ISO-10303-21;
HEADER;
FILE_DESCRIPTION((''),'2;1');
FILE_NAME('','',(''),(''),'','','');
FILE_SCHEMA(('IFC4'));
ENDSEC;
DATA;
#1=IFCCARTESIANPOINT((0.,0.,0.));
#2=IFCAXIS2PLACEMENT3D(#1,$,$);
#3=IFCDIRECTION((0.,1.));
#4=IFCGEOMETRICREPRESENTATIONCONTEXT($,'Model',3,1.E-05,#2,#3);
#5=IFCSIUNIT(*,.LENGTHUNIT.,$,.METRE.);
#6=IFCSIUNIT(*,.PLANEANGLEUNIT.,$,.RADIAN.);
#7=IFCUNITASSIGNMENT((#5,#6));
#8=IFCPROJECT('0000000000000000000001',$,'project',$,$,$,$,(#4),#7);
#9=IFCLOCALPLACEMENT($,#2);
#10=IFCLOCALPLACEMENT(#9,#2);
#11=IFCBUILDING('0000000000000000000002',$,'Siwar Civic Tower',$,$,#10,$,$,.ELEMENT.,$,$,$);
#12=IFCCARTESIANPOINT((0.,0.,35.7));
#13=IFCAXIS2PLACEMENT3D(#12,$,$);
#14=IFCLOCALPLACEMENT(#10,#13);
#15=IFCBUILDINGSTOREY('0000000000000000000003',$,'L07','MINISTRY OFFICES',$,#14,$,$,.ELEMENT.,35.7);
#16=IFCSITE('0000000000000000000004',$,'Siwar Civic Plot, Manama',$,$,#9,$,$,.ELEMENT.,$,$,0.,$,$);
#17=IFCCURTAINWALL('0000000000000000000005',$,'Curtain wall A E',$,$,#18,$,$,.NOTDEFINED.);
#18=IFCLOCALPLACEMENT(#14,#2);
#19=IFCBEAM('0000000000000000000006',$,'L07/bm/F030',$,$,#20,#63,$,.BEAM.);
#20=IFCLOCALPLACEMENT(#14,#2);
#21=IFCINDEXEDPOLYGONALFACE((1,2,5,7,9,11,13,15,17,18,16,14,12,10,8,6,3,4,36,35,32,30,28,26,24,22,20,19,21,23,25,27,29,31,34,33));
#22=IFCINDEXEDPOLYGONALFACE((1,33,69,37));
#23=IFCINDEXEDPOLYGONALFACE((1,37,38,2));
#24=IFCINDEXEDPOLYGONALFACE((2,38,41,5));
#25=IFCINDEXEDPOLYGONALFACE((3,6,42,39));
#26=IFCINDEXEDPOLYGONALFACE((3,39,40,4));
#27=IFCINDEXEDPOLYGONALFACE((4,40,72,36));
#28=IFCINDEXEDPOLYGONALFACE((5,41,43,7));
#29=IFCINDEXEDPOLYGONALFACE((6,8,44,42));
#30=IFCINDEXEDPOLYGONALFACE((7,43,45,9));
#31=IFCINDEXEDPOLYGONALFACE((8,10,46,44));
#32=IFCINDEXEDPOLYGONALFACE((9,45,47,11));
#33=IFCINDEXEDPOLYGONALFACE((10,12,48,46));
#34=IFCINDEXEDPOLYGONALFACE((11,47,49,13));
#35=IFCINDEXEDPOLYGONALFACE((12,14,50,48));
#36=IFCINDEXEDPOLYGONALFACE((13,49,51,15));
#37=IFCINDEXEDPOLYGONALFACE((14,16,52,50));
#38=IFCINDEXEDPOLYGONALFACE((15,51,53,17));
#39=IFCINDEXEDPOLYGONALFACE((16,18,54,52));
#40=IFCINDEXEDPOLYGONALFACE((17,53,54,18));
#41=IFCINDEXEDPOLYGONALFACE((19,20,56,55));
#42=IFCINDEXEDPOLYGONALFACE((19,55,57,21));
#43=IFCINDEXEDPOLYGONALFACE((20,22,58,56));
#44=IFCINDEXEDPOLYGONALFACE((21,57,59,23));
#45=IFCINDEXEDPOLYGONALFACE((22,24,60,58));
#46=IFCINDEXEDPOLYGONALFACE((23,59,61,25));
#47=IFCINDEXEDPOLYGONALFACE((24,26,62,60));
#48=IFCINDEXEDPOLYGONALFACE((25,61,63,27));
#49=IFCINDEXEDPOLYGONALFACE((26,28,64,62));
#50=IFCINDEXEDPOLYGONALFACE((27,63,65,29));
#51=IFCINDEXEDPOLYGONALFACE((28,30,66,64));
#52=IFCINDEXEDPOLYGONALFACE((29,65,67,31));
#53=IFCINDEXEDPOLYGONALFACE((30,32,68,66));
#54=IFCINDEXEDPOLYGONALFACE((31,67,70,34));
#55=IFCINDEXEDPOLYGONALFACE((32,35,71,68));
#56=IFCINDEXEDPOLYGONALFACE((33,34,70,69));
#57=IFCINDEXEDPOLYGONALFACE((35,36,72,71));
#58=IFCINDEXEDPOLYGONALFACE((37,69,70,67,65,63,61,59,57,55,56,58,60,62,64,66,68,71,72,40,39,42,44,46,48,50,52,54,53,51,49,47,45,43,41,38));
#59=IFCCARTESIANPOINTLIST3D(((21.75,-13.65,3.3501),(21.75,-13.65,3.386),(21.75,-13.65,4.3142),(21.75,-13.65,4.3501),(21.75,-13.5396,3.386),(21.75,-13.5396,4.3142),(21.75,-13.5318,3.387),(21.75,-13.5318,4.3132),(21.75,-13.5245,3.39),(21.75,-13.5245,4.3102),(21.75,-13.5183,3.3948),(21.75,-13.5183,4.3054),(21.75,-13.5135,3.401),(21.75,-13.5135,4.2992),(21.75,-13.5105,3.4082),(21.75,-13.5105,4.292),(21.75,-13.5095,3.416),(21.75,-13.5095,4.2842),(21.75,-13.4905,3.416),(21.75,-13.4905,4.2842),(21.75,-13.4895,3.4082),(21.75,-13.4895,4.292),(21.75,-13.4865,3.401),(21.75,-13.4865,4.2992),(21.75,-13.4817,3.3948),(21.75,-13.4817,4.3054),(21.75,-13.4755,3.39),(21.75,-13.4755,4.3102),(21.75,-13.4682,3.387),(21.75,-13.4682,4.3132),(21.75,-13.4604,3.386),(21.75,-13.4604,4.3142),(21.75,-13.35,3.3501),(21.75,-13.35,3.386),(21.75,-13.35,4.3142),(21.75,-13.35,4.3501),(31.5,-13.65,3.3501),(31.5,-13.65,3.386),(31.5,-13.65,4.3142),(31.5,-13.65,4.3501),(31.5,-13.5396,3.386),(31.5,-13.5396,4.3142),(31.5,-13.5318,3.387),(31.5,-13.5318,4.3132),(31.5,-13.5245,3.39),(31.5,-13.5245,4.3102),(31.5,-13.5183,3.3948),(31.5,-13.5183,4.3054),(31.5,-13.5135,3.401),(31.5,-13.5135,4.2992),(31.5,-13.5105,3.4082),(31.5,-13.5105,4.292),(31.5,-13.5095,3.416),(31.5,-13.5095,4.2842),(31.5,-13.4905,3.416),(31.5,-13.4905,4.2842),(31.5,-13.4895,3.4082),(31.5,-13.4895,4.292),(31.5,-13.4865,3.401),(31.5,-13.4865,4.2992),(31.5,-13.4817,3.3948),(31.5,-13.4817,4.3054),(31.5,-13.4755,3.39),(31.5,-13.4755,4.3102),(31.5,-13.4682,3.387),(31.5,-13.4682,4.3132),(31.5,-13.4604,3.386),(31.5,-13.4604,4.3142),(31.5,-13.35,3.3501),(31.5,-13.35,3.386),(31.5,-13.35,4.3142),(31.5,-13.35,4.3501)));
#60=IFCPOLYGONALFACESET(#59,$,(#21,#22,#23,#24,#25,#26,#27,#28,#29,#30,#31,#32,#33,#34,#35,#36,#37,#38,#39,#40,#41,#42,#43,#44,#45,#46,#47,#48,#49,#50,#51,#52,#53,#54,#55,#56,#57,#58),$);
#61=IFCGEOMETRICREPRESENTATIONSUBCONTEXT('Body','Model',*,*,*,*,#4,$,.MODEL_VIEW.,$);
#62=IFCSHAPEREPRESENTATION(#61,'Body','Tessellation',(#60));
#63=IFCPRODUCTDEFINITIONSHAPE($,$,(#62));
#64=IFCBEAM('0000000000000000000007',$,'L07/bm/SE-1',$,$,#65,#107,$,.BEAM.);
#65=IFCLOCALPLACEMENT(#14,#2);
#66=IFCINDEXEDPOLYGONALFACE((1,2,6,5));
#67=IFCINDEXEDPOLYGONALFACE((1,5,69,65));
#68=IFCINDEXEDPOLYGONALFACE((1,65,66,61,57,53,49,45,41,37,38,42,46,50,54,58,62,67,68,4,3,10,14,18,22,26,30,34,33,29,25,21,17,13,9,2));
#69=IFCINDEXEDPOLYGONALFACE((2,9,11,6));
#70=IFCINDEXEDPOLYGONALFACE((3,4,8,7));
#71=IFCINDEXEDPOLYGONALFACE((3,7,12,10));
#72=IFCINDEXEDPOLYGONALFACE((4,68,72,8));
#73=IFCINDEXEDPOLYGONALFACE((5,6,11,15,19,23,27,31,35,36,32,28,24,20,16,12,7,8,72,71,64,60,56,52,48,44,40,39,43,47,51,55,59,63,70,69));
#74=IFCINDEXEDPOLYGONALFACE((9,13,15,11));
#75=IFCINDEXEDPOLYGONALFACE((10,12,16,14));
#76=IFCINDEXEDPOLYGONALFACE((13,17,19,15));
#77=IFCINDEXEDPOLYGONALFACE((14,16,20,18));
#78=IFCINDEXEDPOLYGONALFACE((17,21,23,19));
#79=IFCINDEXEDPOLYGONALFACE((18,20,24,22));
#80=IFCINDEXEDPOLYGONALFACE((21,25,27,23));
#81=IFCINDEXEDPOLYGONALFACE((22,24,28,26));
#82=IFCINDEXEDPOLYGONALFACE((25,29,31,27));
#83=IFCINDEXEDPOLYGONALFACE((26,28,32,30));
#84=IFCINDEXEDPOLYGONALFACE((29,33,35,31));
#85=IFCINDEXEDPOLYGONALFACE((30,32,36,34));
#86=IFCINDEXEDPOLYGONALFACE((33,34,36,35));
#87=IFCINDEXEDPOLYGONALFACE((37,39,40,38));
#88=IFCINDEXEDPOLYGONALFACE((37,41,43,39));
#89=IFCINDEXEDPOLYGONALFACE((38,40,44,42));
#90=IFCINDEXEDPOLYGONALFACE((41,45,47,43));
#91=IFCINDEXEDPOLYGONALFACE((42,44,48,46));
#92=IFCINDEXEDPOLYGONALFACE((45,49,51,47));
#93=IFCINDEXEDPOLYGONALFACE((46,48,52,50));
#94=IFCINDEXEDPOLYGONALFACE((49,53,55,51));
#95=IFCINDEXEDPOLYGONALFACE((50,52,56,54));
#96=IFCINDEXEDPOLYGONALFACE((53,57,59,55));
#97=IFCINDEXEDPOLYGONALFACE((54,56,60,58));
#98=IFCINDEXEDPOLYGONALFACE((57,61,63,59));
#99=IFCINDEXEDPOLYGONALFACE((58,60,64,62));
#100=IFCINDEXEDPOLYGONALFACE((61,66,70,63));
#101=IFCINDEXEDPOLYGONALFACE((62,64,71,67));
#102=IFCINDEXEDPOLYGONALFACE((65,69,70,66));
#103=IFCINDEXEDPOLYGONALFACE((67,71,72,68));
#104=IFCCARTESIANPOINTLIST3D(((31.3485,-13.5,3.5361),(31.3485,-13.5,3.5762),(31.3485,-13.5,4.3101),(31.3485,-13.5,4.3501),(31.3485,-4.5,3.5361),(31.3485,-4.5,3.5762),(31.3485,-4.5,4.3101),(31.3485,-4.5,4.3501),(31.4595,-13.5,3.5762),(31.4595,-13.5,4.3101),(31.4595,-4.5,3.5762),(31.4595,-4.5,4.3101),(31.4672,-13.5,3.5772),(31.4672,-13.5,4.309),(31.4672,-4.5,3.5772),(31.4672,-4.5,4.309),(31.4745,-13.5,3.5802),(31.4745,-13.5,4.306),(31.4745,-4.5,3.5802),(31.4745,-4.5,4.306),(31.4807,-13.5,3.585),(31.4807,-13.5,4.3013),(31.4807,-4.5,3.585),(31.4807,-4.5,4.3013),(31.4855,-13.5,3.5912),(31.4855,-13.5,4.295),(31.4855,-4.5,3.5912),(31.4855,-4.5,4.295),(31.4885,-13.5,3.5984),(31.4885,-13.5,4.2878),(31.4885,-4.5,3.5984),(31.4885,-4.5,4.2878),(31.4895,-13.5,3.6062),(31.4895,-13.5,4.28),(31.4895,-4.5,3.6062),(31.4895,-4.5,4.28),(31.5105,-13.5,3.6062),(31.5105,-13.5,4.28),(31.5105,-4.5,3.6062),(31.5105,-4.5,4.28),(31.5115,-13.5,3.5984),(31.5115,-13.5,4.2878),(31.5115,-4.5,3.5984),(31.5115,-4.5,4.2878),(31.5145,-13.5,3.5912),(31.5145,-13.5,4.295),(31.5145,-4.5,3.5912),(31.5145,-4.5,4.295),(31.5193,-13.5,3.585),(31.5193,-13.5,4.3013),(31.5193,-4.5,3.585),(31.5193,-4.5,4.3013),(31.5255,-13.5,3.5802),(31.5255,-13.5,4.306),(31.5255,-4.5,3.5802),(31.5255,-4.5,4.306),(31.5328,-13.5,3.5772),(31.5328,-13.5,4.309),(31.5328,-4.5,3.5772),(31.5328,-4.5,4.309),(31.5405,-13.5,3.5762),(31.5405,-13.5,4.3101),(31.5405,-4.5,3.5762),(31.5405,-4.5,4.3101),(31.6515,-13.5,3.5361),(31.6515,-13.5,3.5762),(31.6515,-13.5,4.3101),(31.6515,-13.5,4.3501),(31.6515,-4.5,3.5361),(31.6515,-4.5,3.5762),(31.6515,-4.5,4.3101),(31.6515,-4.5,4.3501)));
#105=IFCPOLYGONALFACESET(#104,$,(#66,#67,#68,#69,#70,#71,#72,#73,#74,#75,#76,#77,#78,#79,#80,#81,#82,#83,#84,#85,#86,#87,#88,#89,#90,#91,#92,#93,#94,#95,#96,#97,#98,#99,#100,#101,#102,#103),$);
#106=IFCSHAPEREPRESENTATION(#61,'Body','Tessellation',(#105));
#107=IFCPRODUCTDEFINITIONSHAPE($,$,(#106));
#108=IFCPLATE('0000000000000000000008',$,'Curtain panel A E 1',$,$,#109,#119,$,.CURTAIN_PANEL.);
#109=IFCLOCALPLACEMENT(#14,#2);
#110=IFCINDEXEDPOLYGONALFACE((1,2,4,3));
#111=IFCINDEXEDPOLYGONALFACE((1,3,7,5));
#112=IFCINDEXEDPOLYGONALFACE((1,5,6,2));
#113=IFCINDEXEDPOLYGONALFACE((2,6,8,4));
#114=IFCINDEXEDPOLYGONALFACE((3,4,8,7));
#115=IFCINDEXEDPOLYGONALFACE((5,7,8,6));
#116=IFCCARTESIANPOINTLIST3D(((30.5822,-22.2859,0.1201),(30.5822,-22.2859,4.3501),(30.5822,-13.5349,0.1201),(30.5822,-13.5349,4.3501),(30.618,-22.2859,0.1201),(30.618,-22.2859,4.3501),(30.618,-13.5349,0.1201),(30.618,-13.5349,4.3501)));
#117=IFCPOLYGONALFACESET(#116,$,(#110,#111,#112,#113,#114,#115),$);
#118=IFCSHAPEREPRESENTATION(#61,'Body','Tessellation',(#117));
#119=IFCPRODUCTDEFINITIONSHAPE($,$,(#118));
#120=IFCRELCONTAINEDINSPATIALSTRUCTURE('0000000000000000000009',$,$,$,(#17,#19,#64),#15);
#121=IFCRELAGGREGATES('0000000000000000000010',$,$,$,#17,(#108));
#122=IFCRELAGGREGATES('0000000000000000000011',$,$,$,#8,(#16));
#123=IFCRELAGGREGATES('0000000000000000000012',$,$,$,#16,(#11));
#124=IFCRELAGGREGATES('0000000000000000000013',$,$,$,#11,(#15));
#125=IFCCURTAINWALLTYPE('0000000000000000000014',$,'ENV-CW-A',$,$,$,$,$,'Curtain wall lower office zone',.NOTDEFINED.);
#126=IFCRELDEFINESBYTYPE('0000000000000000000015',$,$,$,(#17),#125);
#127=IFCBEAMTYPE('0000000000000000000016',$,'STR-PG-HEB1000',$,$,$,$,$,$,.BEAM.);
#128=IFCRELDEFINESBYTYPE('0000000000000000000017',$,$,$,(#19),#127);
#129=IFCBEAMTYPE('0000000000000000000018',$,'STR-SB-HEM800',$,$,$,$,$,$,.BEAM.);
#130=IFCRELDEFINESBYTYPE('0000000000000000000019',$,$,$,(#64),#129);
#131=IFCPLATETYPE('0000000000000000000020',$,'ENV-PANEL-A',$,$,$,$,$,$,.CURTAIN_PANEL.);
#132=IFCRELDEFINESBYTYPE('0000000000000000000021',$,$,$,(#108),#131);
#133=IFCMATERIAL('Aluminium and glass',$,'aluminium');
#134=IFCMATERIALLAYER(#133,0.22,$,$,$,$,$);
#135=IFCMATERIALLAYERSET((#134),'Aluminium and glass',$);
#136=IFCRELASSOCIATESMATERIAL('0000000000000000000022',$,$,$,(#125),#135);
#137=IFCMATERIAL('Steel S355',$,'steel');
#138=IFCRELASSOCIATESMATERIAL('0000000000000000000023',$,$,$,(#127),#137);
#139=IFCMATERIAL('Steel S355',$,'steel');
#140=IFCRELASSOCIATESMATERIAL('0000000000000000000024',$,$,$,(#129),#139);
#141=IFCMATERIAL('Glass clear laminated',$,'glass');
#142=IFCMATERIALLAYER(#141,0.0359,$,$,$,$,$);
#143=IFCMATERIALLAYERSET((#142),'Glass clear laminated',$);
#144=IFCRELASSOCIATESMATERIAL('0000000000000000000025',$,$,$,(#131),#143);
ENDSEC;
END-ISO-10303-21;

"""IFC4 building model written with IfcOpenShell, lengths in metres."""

from ifc_helpers import new_model, si_unit, direction, frame, origin, origin_2d, place, context, subcontext, project, spatial, rectangle, i_section, extrude, material, layer, layer_set, material_profile, profile_set, type_object, element, aggregate, save


model = new_model("IFC4")

# Units and contexts
model_context = context("Model", 3, precision=1e-05, world=origin(), true_north=direction((0.0, 1.0)))
body_context = subcontext(model_context, "Body", "Model", "MODEL_VIEW")
ifc_project = project(units=[si_unit("LENGTHUNIT", "METRE"), si_unit("PLANEANGLEUNIT", "RADIAN")], contexts=[model_context])

# Site, building, storey
site_placement = place(None, origin())
site = spatial("IfcSite", under=ifc_project, at=site_placement, Name="Siwar Civic Plot, Manama", CompositionType="ELEMENT", RefElevation=0.0)
building_placement = place(site_placement, origin())
building = spatial("IfcBuilding", under=site, at=building_placement, Name="Siwar Civic Tower", CompositionType="ELEMENT")
storey_placement = place(building_placement, frame((0.0, 0.0, 35.7)))
storey = spatial("IfcBuildingStorey", under=building, at=storey_placement, Name="L07", Description="MINISTRY OFFICES", CompositionType="ELEMENT", Elevation=35.7)

# Curtain wall
ifc_material_1 = material(Name="Aluminium and glass", Category="aluminium")
ifc_layer_1 = layer(ifc_material_1, 0.22)
ifc_layer_set_1 = layer_set([ifc_layer_1], Name="Aluminium and glass")
curtain_wall_type = type_object("IfcCurtainWallType", Name="ENV-CW-A", ElementType="Curtain wall lower office zone", PredefinedType="NOTDEFINED", material=ifc_layer_set_1)
curtain_wall_placement = place(storey_placement, origin())
curtain_wall = element("IfcCurtainWall", 1, at=curtain_wall_placement, inside=storey, type_object=curtain_wall_type, Name="Curtain wall A E", PredefinedType="NOTDEFINED")

# Beams
ifc_material_2 = material(Name="Steel S355", Category="steel")
ifc_material_profile_1 = material_profile(ifc_material_2, i_section(OverallWidth=0.3, OverallDepth=1.0, WebThickness=0.019, FlangeThickness=0.0359, FilletRadius=0.03, at=origin_2d()), Name="HEB1000")
ifc_profile_set_1 = profile_set([ifc_material_profile_1], Name="Steel S355")
beam_type_1 = type_object("IfcBeamType", Name="STR-PG-HEB1000", PredefinedType="BEAM", material=ifc_profile_set_1)
beam_1_placement = place(storey_placement, frame((21.75, -13.5, 3.8501), z_axis=(1.0, 0.0, 0.0), x_axis=(0.0, 1.0, 0.0)))
element("IfcBeam", 2, at=beam_1_placement, inside=storey, type_object=beam_type_1, Name="L07/bm/F030", PredefinedType="BEAM", context=body_context, shape_type="SweptSolid", body=[
    extrude(i_section(OverallWidth=0.3, OverallDepth=1.0, WebThickness=0.019, FlangeThickness=0.0359, FilletRadius=0.03, at=origin_2d()), origin(), (0.0, 0.0, 1.0), 9.75),
])
ifc_material_3 = material(Name="Steel S355", Category="steel")
ifc_material_profile_2 = material_profile(ifc_material_3, i_section(OverallWidth=0.303, OverallDepth=0.814, WebThickness=0.021, FlangeThickness=0.04, FilletRadius=0.03, at=origin_2d()), Name="HEM800")
ifc_profile_set_2 = profile_set([ifc_material_profile_2], Name="Steel S355")
beam_type_2 = type_object("IfcBeamType", Name="STR-SB-HEM800", PredefinedType="BEAM", material=ifc_profile_set_2)
beam_2_placement = place(storey_placement, frame((31.5, -13.5, 3.9431), z_axis=(0.0, 1.0, 0.0), x_axis=(-1.0, 0.0, 0.0)))
element("IfcBeam", 3, at=beam_2_placement, inside=storey, type_object=beam_type_2, Name="L07/bm/SE-1", PredefinedType="BEAM", context=body_context, shape_type="SweptSolid", body=[
    extrude(i_section(OverallWidth=0.303, OverallDepth=0.814, WebThickness=0.021, FlangeThickness=0.04, FilletRadius=0.03, at=origin_2d()), origin(), (0.0, 0.0, 1.0), 9.0),
])

# Plate
ifc_material_4 = material(Name="Glass clear laminated", Category="glass")
ifc_layer_2 = layer(ifc_material_4, 0.0359)
ifc_layer_set_2 = layer_set([ifc_layer_2], Name="Glass clear laminated")
plate_type = type_object("IfcPlateType", Name="ENV-PANEL-A", PredefinedType="CURTAIN_PANEL", material=ifc_layer_set_2)
plate_placement = place(storey_placement, frame((30.6001, -17.9104, 0.1201), z_axis=(0.0, 0.0, 1.0), x_axis=(0.0, 1.0, 0.0)))
plate = element("IfcPlate", 4, at=plate_placement, type_object=plate_type, Name="Curtain panel A E 1", PredefinedType="CURTAIN_PANEL", context=body_context, shape_type="SweptSolid", body=[
    extrude(rectangle(XDim=8.751, YDim=0.0359, at=origin_2d()), origin(), (0.0, 0.0, 1.0), 4.23),
])
aggregate(curtain_wall, [plate])

save(model, "model.ifc")
